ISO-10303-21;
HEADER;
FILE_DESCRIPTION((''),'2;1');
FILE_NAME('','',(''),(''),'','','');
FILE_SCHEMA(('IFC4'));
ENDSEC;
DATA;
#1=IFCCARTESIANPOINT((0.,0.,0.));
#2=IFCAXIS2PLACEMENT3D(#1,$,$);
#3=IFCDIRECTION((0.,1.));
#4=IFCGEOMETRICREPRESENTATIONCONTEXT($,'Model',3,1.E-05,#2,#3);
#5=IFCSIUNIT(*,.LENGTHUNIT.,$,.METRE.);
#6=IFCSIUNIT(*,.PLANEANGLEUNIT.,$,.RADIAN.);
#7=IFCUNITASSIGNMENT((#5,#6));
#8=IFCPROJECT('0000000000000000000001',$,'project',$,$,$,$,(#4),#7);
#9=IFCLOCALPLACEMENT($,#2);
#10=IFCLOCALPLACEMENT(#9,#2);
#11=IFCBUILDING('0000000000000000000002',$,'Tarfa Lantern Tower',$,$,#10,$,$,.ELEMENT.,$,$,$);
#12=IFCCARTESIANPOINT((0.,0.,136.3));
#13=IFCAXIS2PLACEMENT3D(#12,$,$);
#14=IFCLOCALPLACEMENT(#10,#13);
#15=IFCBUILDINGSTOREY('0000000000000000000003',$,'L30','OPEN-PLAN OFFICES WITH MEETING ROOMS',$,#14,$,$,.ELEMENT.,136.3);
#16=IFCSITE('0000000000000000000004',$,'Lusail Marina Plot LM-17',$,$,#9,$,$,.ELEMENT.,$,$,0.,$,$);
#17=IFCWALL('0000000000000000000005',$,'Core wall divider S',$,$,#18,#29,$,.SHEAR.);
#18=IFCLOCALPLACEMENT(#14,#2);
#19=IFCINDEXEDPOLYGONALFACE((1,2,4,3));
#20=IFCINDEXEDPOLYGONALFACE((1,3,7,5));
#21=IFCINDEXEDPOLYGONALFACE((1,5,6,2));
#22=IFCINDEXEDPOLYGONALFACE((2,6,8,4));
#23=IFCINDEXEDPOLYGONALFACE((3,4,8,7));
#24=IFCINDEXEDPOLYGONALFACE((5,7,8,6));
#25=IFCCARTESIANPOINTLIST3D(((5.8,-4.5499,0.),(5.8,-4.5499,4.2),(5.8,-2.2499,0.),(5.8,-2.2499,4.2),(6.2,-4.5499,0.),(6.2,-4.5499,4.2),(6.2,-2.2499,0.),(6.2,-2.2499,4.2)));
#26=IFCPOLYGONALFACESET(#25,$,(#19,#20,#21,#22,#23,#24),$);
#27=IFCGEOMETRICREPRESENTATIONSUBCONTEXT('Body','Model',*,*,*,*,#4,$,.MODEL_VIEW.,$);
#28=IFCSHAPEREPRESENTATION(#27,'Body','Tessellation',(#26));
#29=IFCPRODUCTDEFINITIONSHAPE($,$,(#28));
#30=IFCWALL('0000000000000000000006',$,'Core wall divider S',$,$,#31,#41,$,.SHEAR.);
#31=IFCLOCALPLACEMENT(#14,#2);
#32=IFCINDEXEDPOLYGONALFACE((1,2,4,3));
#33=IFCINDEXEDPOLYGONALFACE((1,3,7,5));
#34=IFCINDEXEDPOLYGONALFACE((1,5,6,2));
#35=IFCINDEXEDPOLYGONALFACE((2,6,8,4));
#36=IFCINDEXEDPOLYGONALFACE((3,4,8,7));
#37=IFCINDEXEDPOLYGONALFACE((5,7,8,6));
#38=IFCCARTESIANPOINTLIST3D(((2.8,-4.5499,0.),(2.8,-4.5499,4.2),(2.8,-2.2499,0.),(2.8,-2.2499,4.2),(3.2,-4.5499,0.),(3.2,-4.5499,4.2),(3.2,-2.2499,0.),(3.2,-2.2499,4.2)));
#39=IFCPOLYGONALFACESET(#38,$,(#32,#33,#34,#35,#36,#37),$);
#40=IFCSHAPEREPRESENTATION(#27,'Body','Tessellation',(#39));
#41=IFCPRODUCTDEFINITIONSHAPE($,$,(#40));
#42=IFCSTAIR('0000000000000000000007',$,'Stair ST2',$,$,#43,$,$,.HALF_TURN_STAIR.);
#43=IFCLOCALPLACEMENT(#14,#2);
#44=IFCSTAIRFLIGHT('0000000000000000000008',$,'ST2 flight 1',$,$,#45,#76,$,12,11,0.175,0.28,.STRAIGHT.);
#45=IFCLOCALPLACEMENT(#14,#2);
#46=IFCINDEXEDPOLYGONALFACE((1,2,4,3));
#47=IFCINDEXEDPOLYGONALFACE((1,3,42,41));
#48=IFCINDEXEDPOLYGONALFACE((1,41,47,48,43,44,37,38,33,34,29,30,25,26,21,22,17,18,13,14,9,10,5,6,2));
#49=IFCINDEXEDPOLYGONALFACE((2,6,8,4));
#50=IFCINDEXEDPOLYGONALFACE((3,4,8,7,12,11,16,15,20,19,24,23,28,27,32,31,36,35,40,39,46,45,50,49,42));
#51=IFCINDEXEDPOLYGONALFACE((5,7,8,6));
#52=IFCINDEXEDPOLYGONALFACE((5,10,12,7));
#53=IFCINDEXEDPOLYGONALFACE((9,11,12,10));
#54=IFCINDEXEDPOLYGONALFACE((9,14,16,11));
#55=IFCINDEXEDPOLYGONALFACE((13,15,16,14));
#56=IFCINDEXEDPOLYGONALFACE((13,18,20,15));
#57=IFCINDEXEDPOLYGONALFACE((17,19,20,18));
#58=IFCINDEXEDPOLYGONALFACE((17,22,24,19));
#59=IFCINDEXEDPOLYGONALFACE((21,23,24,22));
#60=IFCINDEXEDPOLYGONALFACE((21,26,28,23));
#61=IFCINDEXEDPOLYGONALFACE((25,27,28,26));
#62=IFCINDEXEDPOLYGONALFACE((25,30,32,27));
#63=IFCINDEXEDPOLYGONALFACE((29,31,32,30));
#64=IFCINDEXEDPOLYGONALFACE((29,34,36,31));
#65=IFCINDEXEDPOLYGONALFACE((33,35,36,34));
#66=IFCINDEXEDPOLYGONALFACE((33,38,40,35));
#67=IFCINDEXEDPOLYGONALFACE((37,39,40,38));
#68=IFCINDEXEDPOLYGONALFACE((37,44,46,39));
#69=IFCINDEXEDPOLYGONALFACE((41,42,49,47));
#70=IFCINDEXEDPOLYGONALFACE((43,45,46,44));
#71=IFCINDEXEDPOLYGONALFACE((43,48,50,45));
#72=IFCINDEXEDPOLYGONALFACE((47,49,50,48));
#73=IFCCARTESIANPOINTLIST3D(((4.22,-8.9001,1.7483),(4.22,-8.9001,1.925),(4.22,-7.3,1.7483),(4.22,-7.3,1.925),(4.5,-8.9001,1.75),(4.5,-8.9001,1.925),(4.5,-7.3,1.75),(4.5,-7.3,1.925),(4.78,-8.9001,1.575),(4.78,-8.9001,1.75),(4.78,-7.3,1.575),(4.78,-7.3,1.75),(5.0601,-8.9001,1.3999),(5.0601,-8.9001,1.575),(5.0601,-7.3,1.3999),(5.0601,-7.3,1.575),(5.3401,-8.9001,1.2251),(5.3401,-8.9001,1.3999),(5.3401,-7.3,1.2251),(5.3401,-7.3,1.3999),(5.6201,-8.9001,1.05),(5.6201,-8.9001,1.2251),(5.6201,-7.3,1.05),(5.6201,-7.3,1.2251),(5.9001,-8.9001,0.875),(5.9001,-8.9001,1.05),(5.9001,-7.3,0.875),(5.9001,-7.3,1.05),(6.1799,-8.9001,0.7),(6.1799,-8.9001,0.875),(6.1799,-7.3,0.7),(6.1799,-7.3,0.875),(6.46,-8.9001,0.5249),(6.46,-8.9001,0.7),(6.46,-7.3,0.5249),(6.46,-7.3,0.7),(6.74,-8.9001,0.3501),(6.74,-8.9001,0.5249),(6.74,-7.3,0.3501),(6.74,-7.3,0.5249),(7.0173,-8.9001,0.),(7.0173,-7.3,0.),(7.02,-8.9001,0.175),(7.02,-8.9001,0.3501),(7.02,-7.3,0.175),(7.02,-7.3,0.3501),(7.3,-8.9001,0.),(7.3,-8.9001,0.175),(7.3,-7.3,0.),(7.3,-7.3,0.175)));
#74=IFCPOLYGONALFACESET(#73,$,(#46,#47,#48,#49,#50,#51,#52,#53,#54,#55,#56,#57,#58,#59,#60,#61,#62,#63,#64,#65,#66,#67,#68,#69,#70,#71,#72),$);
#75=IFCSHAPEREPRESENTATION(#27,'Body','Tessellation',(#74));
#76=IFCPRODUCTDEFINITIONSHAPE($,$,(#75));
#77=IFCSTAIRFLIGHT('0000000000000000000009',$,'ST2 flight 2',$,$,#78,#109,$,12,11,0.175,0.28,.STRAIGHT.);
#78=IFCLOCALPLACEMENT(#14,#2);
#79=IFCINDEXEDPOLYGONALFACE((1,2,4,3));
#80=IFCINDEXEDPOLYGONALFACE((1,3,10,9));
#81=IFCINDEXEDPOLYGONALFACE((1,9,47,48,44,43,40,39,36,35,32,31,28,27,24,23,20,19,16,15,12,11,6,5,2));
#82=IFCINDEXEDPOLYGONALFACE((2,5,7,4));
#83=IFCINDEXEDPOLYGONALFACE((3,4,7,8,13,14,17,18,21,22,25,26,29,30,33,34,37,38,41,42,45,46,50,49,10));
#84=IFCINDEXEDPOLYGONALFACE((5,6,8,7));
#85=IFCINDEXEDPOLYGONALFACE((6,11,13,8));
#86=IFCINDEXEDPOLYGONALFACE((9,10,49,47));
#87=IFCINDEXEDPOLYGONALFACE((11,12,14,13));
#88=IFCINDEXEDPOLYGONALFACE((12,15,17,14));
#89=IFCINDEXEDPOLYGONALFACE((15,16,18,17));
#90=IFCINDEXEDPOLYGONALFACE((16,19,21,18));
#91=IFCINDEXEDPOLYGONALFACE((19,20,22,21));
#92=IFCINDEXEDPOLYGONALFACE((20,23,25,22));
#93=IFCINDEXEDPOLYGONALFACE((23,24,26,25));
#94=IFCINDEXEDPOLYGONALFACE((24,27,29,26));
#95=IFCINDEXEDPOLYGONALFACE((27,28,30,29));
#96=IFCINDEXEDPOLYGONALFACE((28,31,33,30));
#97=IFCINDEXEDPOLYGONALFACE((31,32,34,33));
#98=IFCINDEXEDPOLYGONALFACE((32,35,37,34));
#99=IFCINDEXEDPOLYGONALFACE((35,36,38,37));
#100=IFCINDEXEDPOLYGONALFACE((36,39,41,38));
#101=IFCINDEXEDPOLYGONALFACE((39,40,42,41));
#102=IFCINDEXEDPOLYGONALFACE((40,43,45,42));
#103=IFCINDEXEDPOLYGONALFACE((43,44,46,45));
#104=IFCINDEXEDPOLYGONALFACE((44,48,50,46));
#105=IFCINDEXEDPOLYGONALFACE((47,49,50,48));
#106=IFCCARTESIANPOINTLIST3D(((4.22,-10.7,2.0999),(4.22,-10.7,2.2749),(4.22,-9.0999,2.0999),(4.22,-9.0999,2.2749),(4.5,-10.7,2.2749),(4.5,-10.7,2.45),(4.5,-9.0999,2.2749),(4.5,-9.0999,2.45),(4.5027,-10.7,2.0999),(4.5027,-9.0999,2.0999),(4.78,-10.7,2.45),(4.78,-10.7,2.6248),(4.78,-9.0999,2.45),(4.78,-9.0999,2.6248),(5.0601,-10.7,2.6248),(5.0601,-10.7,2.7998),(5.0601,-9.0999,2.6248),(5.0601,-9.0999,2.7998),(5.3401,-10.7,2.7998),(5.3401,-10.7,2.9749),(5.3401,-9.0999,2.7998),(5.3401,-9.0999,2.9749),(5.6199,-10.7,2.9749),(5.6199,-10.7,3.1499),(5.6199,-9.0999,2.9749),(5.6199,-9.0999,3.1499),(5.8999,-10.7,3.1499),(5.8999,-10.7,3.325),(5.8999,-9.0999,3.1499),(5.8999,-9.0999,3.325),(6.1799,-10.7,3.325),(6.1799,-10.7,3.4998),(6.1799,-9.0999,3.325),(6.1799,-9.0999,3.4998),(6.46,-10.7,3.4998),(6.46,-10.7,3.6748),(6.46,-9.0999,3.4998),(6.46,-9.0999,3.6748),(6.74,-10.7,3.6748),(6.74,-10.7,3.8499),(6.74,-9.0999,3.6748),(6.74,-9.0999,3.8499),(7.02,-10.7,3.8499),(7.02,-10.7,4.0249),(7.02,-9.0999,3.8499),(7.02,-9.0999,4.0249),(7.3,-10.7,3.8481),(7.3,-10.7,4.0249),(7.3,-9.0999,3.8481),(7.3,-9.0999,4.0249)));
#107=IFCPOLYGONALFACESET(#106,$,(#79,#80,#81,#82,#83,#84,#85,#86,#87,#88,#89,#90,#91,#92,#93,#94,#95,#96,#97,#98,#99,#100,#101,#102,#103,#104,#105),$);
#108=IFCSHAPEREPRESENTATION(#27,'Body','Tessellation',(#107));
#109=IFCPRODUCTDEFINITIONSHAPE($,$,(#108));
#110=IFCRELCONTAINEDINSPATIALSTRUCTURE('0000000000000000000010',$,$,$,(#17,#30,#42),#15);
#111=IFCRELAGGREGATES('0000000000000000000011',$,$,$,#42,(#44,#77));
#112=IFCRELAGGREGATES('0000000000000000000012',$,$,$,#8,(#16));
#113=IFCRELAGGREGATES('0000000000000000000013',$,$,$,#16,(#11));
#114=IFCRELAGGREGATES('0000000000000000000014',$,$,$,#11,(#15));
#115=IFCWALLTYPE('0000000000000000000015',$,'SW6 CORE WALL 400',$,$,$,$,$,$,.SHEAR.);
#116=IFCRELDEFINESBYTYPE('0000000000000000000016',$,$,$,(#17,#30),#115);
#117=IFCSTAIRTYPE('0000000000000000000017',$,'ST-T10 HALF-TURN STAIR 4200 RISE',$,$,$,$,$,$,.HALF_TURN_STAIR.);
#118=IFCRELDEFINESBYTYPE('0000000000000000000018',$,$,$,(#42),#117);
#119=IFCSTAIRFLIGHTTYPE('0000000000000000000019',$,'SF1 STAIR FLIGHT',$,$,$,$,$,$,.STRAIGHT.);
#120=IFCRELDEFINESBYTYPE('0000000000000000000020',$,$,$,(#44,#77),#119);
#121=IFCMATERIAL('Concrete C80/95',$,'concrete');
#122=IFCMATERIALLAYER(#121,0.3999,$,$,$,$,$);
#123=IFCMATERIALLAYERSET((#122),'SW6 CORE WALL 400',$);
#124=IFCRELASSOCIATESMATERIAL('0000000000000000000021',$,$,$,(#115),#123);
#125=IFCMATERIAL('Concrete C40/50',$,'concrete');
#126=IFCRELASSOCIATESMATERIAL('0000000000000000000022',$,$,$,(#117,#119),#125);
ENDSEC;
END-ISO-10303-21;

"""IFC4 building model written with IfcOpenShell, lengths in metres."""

from ifc_helpers import new_model, si_unit, direction, frame, frame_2d, origin, place, context, subcontext, project, spatial, polyline, rectangle, outline, extrude, material, layer, layer_set, type_object, element, aggregate, save


model = new_model("IFC4")

# Units and contexts
model_context = context("Model", 3, precision=1e-05, world=origin(), true_north=direction((0.0, 1.0)))
body_context = subcontext(model_context, "Body", "Model", "MODEL_VIEW")
ifc_project = project(units=[si_unit("LENGTHUNIT", "METRE"), si_unit("PLANEANGLEUNIT", "RADIAN")], contexts=[model_context])

# Site, building, storey
site_placement = place(None, origin())
site = spatial("IfcSite", under=ifc_project, at=site_placement, Name="Lusail Marina Plot LM-17", CompositionType="ELEMENT", RefElevation=0.0)
building_placement = place(site_placement, origin())
building = spatial("IfcBuilding", under=site, at=building_placement, Name="Tarfa Lantern Tower", CompositionType="ELEMENT")
storey_placement = place(building_placement, frame((0.0, 0.0, 136.3)))
storey = spatial("IfcBuildingStorey", under=building, at=storey_placement, Name="L30", Description="OPEN-PLAN OFFICES WITH MEETING ROOMS", CompositionType="ELEMENT", Elevation=136.3)

# Shared definitions
ifc_material_1 = material(Name="Concrete C80/95", Category="concrete")

# Walls
ifc_layer_1 = layer(ifc_material_1, 0.3999)
ifc_layer_set_1 = layer_set([ifc_layer_1], Name="SW6 CORE WALL 400")
wall_type_1 = type_object("IfcWallType", Name="SW6 CORE WALL 400", PredefinedType="SHEAR", material=ifc_layer_set_1)
for number, where, z_axis, x_axis, name in (
    (1, (6.0, -2.25, 0.0), (0.0, 0.0, 1.0), (0.0, -1.0, 0.0), "Core wall divider S"),
    (2, (3.0, -2.25, 0.0), (0.0, 0.0, 1.0), (0.0, -1.0, 0.0), "Core wall divider S"),
):
    element("IfcWall", number, at=place(storey_placement, frame(where, z_axis=z_axis, x_axis=x_axis)), inside=storey, type_object=wall_type_1, Name=name, PredefinedType="SHEAR", context=body_context, shape_type="SweptSolid", body=[
        extrude(rectangle(XDim=2.3, YDim=0.3999, at=frame_2d((1.1499, 0.0))), origin(), (0.0, 0.0, 1.0), 4.2),
    ])

# Stair, stair flights
ifc_material_2 = material(Name="Concrete C40/50", Category="concrete")
stair_type = type_object("IfcStairType", Name="ST-T10 HALF-TURN STAIR 4200 RISE", PredefinedType="HALF_TURN_STAIR", material=ifc_material_2)
stair_placement = place(storey_placement, origin())
stair = element("IfcStair", 3, at=stair_placement, inside=storey, type_object=stair_type, Name="Stair ST2", PredefinedType="HALF_TURN_STAIR")
stair_flight_type = type_object("IfcStairFlightType", Name="SF1 STAIR FLIGHT", PredefinedType="STRAIGHT", material=ifc_material_2)
stair_flight_1_placement = place(storey_placement, frame((7.3, -8.1001, 0.0), z_axis=(0.0, 0.0, 1.0), x_axis=(-1.0, 0.0, 0.0)))
stair_flight_1 = element("IfcStairFlight", 4, at=stair_flight_1_placement, type_object=stair_flight_type, Name="ST2 flight 1", NumberOfRisers=12, NumberOfTreads=11, PredefinedType="STRAIGHT", RiserHeight=0.175, TreadLength=0.28, context=body_context, shape_type="SweptSolid", body=[
    extrude(outline(polyline([(0.0, 0.0), (0.0, 0.175), (0.28, 0.175), (0.28, 0.3501), (0.5601, 0.3501), (0.5601, 0.5249), (0.8401, 0.5249), (0.8401, 0.7), (1.1201, 0.7), (1.1201, 0.875), (1.3999, 0.875), (1.3999, 1.05), (1.6799, 1.05), (1.6799, 1.2251), (1.96, 1.2251), (1.96, 1.3999), (2.24, 1.3999), (2.24, 1.575), (2.52, 1.575), (2.52, 1.75), (2.8, 1.75), (2.8, 1.925), (3.0801, 1.925), (3.0801, 2.1001), (3.0801, 1.7483), (0.2827, 0.0), (0.0, 0.0)])), frame((0.0, 0.8, 0.0), z_axis=(0.0, -1.0, 0.0), x_axis=(1.0, 0.0, 0.0)), (0.0, 0.0, 1.0), 1.6001),
])
stair_flight_2_placement = place(storey_placement, frame((4.22, -9.8999, 2.0999), z_axis=(0.0, 0.0, 1.0), x_axis=(1.0, 0.0, 0.0)))
stair_flight_2 = element("IfcStairFlight", 5, at=stair_flight_2_placement, type_object=stair_flight_type, Name="ST2 flight 2", NumberOfRisers=12, NumberOfTreads=11, PredefinedType="STRAIGHT", RiserHeight=0.175, TreadLength=0.28, context=body_context, shape_type="SweptSolid", body=[
    extrude(outline(polyline([(0.0, 0.0), (0.0, 0.175), (0.28, 0.175), (0.28, 0.3501), (0.5601, 0.3501), (0.5601, 0.5249), (0.8401, 0.5249), (0.8401, 0.7), (1.1201, 0.7), (1.1201, 0.875), (1.3999, 0.875), (1.3999, 1.05), (1.6799, 1.05), (1.6799, 1.2251), (1.96, 1.2251), (1.96, 1.3999), (2.24, 1.3999), (2.24, 1.575), (2.52, 1.575), (2.52, 1.75), (2.8, 1.75), (2.8, 1.925), (3.0801, 1.925), (3.0801, 2.1001), (3.0801, 1.7483), (0.2827, 0.0), (0.0, 0.0)])), frame((0.0, 0.8, 0.0), z_axis=(0.0, -1.0, 0.0), x_axis=(1.0, 0.0, 0.0)), (0.0, 0.0, 1.0), 1.6001),
])
aggregate(stair, [stair_flight_1, stair_flight_2])

save(model, "model.ifc")
